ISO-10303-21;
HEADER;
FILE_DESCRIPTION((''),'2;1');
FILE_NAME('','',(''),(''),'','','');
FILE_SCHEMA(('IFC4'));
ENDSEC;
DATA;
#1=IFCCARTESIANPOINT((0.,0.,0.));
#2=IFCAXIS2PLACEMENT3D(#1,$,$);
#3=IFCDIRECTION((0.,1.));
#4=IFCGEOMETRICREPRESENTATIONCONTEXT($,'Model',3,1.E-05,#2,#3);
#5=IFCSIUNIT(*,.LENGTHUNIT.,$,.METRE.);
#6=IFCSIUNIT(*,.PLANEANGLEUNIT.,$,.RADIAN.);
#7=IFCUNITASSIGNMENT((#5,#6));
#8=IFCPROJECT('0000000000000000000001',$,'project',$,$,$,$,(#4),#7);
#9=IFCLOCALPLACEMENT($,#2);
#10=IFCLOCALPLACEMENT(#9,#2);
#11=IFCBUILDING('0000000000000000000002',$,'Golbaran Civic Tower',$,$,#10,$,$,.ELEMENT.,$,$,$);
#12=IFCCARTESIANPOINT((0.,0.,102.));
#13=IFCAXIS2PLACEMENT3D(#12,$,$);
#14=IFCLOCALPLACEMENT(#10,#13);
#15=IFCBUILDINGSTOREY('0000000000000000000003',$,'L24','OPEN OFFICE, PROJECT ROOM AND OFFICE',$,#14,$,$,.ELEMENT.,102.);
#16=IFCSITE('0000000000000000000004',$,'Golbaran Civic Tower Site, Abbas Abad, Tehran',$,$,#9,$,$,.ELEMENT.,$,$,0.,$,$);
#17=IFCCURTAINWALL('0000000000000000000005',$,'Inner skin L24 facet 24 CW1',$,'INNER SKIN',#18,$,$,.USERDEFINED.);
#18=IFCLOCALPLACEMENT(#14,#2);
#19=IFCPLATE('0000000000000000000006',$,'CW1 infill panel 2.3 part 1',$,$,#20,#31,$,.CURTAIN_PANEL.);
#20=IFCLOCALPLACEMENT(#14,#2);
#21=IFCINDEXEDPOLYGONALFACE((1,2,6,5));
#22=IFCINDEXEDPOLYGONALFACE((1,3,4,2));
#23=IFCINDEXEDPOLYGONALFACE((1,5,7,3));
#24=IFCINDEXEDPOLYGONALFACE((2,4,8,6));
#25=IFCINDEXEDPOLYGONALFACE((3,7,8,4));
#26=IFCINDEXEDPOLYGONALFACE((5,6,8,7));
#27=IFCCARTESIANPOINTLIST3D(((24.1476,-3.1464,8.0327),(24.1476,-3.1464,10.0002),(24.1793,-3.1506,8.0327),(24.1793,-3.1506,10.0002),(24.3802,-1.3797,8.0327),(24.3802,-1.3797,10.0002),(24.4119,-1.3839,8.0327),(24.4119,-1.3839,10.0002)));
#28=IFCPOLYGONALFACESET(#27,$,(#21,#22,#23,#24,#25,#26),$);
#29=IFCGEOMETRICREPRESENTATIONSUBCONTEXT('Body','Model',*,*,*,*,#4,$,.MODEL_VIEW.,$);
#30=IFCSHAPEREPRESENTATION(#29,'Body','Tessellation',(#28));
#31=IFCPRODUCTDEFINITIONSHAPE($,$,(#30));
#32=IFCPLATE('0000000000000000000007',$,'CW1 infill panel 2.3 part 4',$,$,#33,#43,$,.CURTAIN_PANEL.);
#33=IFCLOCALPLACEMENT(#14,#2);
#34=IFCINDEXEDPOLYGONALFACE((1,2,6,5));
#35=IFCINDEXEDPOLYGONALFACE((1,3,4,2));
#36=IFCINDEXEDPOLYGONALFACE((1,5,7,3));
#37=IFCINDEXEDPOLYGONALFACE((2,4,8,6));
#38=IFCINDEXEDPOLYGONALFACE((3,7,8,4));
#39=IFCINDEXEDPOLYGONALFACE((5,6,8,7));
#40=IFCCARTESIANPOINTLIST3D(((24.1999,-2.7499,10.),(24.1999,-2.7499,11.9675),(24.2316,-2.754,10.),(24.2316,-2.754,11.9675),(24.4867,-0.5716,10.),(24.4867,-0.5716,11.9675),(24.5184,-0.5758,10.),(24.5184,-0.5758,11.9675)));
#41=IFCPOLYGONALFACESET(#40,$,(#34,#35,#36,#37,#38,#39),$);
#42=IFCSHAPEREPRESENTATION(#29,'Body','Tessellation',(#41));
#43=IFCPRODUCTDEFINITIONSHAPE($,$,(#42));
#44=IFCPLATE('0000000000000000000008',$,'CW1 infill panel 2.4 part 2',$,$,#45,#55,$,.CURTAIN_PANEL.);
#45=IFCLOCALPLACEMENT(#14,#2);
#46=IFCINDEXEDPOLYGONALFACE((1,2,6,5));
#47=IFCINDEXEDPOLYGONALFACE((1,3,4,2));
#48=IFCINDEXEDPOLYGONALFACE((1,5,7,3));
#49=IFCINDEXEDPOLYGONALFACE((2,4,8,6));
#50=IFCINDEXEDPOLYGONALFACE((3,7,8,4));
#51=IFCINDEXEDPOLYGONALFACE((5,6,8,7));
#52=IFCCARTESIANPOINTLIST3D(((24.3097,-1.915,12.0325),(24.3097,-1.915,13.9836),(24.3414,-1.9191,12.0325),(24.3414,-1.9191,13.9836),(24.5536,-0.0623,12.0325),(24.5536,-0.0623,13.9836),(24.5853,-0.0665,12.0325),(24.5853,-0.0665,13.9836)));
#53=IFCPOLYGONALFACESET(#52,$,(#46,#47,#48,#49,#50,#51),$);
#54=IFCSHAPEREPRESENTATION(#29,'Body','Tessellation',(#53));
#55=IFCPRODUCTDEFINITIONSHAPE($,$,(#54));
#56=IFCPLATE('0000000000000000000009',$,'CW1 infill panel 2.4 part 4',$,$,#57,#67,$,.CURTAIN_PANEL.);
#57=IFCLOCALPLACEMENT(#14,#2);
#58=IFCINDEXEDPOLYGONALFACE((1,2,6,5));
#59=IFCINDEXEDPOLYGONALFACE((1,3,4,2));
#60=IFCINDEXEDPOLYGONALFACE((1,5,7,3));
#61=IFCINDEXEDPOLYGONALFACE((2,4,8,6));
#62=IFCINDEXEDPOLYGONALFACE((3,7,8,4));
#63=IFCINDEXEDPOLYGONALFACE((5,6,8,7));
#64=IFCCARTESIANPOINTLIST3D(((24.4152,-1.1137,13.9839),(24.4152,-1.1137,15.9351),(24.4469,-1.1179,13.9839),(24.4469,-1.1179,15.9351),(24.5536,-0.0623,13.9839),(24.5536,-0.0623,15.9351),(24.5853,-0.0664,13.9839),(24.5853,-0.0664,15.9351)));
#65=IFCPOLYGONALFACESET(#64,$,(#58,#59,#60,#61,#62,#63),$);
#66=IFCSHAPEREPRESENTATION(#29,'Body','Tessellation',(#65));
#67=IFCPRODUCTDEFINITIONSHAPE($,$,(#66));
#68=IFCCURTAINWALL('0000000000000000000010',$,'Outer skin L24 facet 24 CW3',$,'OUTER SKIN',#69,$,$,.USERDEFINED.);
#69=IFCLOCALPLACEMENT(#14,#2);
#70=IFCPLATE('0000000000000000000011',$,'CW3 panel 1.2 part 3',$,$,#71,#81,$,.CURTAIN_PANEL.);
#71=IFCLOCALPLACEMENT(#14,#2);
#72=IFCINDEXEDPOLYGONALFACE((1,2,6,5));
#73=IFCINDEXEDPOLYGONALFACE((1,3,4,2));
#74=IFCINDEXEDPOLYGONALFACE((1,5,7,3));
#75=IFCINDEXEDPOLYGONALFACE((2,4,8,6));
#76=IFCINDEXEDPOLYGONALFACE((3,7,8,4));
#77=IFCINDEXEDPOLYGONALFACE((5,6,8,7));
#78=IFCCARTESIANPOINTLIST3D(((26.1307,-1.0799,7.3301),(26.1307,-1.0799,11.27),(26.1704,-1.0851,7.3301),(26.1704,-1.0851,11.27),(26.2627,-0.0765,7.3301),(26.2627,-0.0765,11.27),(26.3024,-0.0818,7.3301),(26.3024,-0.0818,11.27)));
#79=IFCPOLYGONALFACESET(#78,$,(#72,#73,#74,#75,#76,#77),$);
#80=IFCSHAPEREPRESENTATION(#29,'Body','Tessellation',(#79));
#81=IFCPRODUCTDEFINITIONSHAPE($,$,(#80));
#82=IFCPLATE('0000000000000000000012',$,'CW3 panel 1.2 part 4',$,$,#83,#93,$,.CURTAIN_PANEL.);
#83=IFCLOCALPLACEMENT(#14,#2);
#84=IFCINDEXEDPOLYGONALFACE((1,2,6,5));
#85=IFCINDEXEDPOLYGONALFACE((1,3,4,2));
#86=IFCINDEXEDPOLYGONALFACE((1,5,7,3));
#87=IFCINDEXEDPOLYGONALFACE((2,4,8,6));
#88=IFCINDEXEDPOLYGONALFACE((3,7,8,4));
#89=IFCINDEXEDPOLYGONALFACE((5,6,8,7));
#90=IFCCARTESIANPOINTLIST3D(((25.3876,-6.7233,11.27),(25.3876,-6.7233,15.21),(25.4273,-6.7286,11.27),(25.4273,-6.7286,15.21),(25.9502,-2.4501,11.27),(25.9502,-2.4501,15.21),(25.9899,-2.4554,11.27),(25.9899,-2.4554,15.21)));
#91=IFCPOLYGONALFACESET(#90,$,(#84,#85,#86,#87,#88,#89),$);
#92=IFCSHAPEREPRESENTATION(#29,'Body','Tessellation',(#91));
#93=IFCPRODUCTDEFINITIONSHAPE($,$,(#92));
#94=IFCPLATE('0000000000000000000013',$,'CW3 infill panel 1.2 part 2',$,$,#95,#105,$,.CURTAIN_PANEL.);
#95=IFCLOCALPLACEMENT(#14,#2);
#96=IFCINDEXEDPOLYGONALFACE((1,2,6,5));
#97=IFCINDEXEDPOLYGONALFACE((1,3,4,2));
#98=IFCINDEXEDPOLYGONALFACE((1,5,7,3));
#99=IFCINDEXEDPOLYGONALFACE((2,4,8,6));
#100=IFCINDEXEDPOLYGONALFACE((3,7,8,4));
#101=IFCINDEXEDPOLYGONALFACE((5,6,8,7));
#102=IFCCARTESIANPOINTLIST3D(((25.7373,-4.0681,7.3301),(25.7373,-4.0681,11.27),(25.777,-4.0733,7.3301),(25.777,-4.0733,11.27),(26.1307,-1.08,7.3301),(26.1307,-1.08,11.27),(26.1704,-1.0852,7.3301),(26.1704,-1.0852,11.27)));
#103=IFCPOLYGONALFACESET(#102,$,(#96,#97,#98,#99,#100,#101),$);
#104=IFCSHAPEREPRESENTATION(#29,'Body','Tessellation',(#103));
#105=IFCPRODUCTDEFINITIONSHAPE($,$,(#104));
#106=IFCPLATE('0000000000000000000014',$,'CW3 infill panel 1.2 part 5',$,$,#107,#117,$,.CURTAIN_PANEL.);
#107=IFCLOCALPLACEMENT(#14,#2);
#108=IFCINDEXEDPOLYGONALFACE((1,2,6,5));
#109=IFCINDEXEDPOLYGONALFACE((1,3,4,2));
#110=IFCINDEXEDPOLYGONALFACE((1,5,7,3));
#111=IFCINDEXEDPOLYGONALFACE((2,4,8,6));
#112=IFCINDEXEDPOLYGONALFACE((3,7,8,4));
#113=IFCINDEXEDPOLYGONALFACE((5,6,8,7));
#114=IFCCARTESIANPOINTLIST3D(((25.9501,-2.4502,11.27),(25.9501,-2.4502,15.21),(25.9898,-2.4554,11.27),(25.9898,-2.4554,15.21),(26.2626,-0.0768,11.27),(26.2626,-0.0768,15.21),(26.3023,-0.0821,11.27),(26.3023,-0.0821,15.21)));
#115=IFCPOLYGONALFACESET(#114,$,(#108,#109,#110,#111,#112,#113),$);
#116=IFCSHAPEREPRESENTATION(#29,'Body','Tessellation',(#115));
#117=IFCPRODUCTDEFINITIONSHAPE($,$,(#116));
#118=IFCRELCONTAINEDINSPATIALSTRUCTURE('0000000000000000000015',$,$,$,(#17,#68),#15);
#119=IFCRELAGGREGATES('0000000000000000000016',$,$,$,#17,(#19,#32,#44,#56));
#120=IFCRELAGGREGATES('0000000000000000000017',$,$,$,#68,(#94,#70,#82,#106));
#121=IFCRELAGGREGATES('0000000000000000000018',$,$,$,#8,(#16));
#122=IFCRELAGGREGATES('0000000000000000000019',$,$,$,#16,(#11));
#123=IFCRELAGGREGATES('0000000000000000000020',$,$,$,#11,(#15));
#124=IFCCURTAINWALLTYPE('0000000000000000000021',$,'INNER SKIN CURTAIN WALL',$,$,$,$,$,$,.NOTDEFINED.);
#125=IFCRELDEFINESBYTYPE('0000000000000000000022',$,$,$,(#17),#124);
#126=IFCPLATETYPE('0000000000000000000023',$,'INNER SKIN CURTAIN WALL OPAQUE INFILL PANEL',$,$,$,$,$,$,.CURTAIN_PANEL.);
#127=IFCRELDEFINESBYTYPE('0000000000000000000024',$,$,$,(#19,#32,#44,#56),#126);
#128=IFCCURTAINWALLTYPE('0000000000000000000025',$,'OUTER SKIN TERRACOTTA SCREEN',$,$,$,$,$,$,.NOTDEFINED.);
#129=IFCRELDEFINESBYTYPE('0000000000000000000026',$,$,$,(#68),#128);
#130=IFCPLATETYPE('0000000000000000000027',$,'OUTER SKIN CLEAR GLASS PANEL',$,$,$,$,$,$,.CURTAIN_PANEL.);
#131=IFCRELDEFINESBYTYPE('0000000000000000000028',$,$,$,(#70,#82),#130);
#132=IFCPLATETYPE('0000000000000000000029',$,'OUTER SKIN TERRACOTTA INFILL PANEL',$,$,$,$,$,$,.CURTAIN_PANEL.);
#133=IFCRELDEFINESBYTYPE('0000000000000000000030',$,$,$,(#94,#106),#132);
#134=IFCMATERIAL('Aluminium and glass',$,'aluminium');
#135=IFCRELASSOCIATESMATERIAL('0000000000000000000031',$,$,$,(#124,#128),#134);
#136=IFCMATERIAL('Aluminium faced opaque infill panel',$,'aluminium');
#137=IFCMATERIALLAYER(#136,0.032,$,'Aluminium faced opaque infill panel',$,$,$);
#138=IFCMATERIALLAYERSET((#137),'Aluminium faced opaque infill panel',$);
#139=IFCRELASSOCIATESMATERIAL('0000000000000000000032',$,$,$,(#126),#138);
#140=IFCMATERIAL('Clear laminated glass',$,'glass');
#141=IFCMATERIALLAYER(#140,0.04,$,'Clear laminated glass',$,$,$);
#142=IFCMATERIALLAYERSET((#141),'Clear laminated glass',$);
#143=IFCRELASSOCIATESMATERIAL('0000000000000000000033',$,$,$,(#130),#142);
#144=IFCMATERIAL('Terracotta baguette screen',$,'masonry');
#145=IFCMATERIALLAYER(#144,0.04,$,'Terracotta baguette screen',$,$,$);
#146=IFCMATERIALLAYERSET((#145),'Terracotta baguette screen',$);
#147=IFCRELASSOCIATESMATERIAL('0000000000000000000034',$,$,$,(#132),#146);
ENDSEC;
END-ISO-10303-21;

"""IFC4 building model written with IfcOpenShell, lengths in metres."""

from ifc_helpers import new_model, si_unit, direction, frame, origin, origin_2d, place, context, subcontext, project, spatial, rectangle, extrude, material, layer, layer_set, type_object, element, aggregate, save


model = new_model("IFC4")

# Units and contexts
model_context = context("Model", 3, precision=1e-05, world=origin(), true_north=direction((0.0, 1.0)))
body_context = subcontext(model_context, "Body", "Model", "MODEL_VIEW")
ifc_project = project(units=[si_unit("LENGTHUNIT", "METRE"), si_unit("PLANEANGLEUNIT", "RADIAN")], contexts=[model_context])

# Site, building, storey
site_placement = place(None, origin())
site = spatial("IfcSite", under=ifc_project, at=site_placement, Name="Golbaran Civic Tower Site, Abbas Abad, Tehran", CompositionType="ELEMENT", RefElevation=0.0)
building_placement = place(site_placement, origin())
building = spatial("IfcBuilding", under=site, at=building_placement, Name="Golbaran Civic Tower", CompositionType="ELEMENT")
storey_placement = place(building_placement, frame((0.0, 0.0, 102.0)))
storey = spatial("IfcBuildingStorey", under=building, at=storey_placement, Name="L24", Description="OPEN OFFICE, PROJECT ROOM AND OFFICE", CompositionType="ELEMENT", Elevation=102.0)

# Curtain wall, plates
ifc_material_1 = material(Name="Aluminium and glass", Category="aluminium")
curtain_wall_type_1 = type_object("IfcCurtainWallType", Name="INNER SKIN CURTAIN WALL", PredefinedType="NOTDEFINED", material=ifc_material_1)
curtain_wall_1_placement = place(storey_placement, origin())
curtain_wall_1 = element("IfcCurtainWall", 1, at=curtain_wall_1_placement, inside=storey, type_object=curtain_wall_type_1, Name="Inner skin L24 facet 24 CW1", ObjectType="INNER SKIN", PredefinedType="USERDEFINED")
ifc_material_2 = material(Name="Aluminium faced opaque infill panel", Category="aluminium")
ifc_layer_1 = layer(ifc_material_2, 0.032, Name="Aluminium faced opaque infill panel")
ifc_layer_set_1 = layer_set([ifc_layer_1], Name="Aluminium faced opaque infill panel")
plate_type_1 = type_object("IfcPlateType", Name="INNER SKIN CURTAIN WALL OPAQUE INFILL PANEL", PredefinedType="CURTAIN_PANEL", material=ifc_layer_set_1)
plate_1_placement = place(storey_placement, frame((24.2798, -2.2651, 8.0327), z_axis=(0.0, 0.0, 1.0), x_axis=(0.130526, 0.991445, 0.0)))
plate_1 = element("IfcPlate", 2, at=plate_1_placement, type_object=plate_type_1, Name="CW1 infill panel 2.3 part 1", PredefinedType="CURTAIN_PANEL", context=body_context, shape_type="SweptSolid", body=[
    extrude(rectangle(XDim=1.782, YDim=0.032, at=origin_2d()), origin(), (0.0, 0.0, 1.0), 1.9675),
])
plate_2_placement = place(storey_placement, frame((24.3591, -1.6628, 10.0), z_axis=(0.0, 0.0, 1.0), x_axis=(0.130526, 0.991445, 0.0)))
plate_2 = element("IfcPlate", 3, at=plate_2_placement, type_object=plate_type_1, Name="CW1 infill panel 2.3 part 4", PredefinedType="CURTAIN_PANEL", context=body_context, shape_type="SweptSolid", body=[
    extrude(rectangle(XDim=2.197, YDim=0.032, at=origin_2d()), origin(), (0.0, 0.0, 1.0), 1.9675),
])
plate_3_placement = place(storey_placement, frame((24.4475, -0.9907, 12.0325), z_axis=(0.0, 0.0, 1.0), x_axis=(0.130526, 0.991445, 0.0)))
plate_3 = element("IfcPlate", 4, at=plate_3_placement, type_object=plate_type_1, Name="CW1 infill panel 2.4 part 2", PredefinedType="CURTAIN_PANEL", context=body_context, shape_type="SweptSolid", body=[
    extrude(rectangle(XDim=1.8687, YDim=0.032, at=origin_2d()), origin(), (0.0, 0.0, 1.0), 1.9512),
])
plate_4_placement = place(storey_placement, frame((24.5002, -0.5901, 13.9839), z_axis=(0.0, 0.0, 1.0), x_axis=(0.130526, 0.991445, 0.0)))
plate_4 = element("IfcPlate", 5, at=plate_4_placement, type_object=plate_type_1, Name="CW1 infill panel 2.4 part 4", PredefinedType="CURTAIN_PANEL", context=body_context, shape_type="SweptSolid", body=[
    extrude(rectangle(XDim=1.0605, YDim=0.032, at=origin_2d()), origin(), (0.0, 0.0, 1.0), 1.9512),
])
aggregate(curtain_wall_1, [plate_1, plate_2, plate_3, plate_4])

# Curtain wall, plates
curtain_wall_type_2 = type_object("IfcCurtainWallType", Name="OUTER SKIN TERRACOTTA SCREEN", PredefinedType="NOTDEFINED", material=ifc_material_1)
curtain_wall_2_placement = place(storey_placement, origin())
curtain_wall_2 = element("IfcCurtainWall", 6, at=curtain_wall_2_placement, inside=storey, type_object=curtain_wall_type_2, Name="Outer skin L24 facet 24 CW3", ObjectType="OUTER SKIN", PredefinedType="USERDEFINED")
ifc_material_3 = material(Name="Clear laminated glass", Category="glass")
ifc_layer_2 = layer(ifc_material_3, 0.04, Name="Clear laminated glass")
ifc_layer_set_2 = layer_set([ifc_layer_2], Name="Clear laminated glass")
plate_type_2 = type_object("IfcPlateType", Name="OUTER SKIN CLEAR GLASS PANEL", PredefinedType="CURTAIN_PANEL", material=ifc_layer_set_2)
plate_5_placement = place(storey_placement, frame((26.2166, -0.5808, 7.3301), z_axis=(0.0, 0.0, 1.0), x_axis=(0.130526, 0.991445, 0.0)))
plate_5 = element("IfcPlate", 7, at=plate_5_placement, type_object=plate_type_2, Name="CW3 panel 1.2 part 3", PredefinedType="CURTAIN_PANEL", context=body_context, shape_type="SweptSolid", body=[
    extrude(rectangle(XDim=1.012, YDim=0.04, at=origin_2d()), origin(), (0.0, 0.0, 1.0), 3.9399),
])
plate_6_placement = place(storey_placement, frame((25.6887, -4.5894, 11.27), z_axis=(0.0, 0.0, 1.0), x_axis=(0.130526, 0.991445, 0.0)))
plate_6 = element("IfcPlate", 8, at=plate_6_placement, type_object=plate_type_2, Name="CW3 panel 1.2 part 4", PredefinedType="CURTAIN_PANEL", context=body_context, shape_type="SweptSolid", body=[
    extrude(rectangle(XDim=4.3101, YDim=0.04, at=origin_2d()), origin(), (0.0, 0.0, 1.0), 3.9399),
])
ifc_material_4 = material(Name="Terracotta baguette screen", Category="masonry")
ifc_layer_3 = layer(ifc_material_4, 0.04, Name="Terracotta baguette screen")
ifc_layer_set_3 = layer_set([ifc_layer_3], Name="Terracotta baguette screen")
plate_type_3 = type_object("IfcPlateType", Name="OUTER SKIN TERRACOTTA INFILL PANEL", PredefinedType="CURTAIN_PANEL", material=ifc_layer_set_3)
plate_7_placement = place(storey_placement, frame((25.9539, -2.5767, 7.3301), z_axis=(0.0, 0.0, 1.0), x_axis=(0.130526, 0.991445, 0.0)))
plate_7 = element("IfcPlate", 9, at=plate_7_placement, type_object=plate_type_3, Name="CW3 infill panel 1.2 part 2", PredefinedType="CURTAIN_PANEL", context=body_context, shape_type="SweptSolid", body=[
    extrude(rectangle(XDim=3.0139, YDim=0.04, at=origin_2d()), origin(), (0.0, 0.0, 1.0), 3.9399),
])
plate_8_placement = place(storey_placement, frame((26.1262, -1.2661, 11.27), z_axis=(0.0, 0.0, 1.0), x_axis=(0.130526, 0.991445, 0.0)))
plate_8 = element("IfcPlate", 10, at=plate_8_placement, type_object=plate_type_3, Name="CW3 infill panel 1.2 part 5", PredefinedType="CURTAIN_PANEL", context=body_context, shape_type="SweptSolid", body=[
    extrude(rectangle(XDim=2.3938, YDim=0.04, at=origin_2d()), origin(), (0.0, 0.0, 1.0), 3.9399),
])
aggregate(curtain_wall_2, [plate_7, plate_5, plate_6, plate_8])

save(model, "model.ifc")
